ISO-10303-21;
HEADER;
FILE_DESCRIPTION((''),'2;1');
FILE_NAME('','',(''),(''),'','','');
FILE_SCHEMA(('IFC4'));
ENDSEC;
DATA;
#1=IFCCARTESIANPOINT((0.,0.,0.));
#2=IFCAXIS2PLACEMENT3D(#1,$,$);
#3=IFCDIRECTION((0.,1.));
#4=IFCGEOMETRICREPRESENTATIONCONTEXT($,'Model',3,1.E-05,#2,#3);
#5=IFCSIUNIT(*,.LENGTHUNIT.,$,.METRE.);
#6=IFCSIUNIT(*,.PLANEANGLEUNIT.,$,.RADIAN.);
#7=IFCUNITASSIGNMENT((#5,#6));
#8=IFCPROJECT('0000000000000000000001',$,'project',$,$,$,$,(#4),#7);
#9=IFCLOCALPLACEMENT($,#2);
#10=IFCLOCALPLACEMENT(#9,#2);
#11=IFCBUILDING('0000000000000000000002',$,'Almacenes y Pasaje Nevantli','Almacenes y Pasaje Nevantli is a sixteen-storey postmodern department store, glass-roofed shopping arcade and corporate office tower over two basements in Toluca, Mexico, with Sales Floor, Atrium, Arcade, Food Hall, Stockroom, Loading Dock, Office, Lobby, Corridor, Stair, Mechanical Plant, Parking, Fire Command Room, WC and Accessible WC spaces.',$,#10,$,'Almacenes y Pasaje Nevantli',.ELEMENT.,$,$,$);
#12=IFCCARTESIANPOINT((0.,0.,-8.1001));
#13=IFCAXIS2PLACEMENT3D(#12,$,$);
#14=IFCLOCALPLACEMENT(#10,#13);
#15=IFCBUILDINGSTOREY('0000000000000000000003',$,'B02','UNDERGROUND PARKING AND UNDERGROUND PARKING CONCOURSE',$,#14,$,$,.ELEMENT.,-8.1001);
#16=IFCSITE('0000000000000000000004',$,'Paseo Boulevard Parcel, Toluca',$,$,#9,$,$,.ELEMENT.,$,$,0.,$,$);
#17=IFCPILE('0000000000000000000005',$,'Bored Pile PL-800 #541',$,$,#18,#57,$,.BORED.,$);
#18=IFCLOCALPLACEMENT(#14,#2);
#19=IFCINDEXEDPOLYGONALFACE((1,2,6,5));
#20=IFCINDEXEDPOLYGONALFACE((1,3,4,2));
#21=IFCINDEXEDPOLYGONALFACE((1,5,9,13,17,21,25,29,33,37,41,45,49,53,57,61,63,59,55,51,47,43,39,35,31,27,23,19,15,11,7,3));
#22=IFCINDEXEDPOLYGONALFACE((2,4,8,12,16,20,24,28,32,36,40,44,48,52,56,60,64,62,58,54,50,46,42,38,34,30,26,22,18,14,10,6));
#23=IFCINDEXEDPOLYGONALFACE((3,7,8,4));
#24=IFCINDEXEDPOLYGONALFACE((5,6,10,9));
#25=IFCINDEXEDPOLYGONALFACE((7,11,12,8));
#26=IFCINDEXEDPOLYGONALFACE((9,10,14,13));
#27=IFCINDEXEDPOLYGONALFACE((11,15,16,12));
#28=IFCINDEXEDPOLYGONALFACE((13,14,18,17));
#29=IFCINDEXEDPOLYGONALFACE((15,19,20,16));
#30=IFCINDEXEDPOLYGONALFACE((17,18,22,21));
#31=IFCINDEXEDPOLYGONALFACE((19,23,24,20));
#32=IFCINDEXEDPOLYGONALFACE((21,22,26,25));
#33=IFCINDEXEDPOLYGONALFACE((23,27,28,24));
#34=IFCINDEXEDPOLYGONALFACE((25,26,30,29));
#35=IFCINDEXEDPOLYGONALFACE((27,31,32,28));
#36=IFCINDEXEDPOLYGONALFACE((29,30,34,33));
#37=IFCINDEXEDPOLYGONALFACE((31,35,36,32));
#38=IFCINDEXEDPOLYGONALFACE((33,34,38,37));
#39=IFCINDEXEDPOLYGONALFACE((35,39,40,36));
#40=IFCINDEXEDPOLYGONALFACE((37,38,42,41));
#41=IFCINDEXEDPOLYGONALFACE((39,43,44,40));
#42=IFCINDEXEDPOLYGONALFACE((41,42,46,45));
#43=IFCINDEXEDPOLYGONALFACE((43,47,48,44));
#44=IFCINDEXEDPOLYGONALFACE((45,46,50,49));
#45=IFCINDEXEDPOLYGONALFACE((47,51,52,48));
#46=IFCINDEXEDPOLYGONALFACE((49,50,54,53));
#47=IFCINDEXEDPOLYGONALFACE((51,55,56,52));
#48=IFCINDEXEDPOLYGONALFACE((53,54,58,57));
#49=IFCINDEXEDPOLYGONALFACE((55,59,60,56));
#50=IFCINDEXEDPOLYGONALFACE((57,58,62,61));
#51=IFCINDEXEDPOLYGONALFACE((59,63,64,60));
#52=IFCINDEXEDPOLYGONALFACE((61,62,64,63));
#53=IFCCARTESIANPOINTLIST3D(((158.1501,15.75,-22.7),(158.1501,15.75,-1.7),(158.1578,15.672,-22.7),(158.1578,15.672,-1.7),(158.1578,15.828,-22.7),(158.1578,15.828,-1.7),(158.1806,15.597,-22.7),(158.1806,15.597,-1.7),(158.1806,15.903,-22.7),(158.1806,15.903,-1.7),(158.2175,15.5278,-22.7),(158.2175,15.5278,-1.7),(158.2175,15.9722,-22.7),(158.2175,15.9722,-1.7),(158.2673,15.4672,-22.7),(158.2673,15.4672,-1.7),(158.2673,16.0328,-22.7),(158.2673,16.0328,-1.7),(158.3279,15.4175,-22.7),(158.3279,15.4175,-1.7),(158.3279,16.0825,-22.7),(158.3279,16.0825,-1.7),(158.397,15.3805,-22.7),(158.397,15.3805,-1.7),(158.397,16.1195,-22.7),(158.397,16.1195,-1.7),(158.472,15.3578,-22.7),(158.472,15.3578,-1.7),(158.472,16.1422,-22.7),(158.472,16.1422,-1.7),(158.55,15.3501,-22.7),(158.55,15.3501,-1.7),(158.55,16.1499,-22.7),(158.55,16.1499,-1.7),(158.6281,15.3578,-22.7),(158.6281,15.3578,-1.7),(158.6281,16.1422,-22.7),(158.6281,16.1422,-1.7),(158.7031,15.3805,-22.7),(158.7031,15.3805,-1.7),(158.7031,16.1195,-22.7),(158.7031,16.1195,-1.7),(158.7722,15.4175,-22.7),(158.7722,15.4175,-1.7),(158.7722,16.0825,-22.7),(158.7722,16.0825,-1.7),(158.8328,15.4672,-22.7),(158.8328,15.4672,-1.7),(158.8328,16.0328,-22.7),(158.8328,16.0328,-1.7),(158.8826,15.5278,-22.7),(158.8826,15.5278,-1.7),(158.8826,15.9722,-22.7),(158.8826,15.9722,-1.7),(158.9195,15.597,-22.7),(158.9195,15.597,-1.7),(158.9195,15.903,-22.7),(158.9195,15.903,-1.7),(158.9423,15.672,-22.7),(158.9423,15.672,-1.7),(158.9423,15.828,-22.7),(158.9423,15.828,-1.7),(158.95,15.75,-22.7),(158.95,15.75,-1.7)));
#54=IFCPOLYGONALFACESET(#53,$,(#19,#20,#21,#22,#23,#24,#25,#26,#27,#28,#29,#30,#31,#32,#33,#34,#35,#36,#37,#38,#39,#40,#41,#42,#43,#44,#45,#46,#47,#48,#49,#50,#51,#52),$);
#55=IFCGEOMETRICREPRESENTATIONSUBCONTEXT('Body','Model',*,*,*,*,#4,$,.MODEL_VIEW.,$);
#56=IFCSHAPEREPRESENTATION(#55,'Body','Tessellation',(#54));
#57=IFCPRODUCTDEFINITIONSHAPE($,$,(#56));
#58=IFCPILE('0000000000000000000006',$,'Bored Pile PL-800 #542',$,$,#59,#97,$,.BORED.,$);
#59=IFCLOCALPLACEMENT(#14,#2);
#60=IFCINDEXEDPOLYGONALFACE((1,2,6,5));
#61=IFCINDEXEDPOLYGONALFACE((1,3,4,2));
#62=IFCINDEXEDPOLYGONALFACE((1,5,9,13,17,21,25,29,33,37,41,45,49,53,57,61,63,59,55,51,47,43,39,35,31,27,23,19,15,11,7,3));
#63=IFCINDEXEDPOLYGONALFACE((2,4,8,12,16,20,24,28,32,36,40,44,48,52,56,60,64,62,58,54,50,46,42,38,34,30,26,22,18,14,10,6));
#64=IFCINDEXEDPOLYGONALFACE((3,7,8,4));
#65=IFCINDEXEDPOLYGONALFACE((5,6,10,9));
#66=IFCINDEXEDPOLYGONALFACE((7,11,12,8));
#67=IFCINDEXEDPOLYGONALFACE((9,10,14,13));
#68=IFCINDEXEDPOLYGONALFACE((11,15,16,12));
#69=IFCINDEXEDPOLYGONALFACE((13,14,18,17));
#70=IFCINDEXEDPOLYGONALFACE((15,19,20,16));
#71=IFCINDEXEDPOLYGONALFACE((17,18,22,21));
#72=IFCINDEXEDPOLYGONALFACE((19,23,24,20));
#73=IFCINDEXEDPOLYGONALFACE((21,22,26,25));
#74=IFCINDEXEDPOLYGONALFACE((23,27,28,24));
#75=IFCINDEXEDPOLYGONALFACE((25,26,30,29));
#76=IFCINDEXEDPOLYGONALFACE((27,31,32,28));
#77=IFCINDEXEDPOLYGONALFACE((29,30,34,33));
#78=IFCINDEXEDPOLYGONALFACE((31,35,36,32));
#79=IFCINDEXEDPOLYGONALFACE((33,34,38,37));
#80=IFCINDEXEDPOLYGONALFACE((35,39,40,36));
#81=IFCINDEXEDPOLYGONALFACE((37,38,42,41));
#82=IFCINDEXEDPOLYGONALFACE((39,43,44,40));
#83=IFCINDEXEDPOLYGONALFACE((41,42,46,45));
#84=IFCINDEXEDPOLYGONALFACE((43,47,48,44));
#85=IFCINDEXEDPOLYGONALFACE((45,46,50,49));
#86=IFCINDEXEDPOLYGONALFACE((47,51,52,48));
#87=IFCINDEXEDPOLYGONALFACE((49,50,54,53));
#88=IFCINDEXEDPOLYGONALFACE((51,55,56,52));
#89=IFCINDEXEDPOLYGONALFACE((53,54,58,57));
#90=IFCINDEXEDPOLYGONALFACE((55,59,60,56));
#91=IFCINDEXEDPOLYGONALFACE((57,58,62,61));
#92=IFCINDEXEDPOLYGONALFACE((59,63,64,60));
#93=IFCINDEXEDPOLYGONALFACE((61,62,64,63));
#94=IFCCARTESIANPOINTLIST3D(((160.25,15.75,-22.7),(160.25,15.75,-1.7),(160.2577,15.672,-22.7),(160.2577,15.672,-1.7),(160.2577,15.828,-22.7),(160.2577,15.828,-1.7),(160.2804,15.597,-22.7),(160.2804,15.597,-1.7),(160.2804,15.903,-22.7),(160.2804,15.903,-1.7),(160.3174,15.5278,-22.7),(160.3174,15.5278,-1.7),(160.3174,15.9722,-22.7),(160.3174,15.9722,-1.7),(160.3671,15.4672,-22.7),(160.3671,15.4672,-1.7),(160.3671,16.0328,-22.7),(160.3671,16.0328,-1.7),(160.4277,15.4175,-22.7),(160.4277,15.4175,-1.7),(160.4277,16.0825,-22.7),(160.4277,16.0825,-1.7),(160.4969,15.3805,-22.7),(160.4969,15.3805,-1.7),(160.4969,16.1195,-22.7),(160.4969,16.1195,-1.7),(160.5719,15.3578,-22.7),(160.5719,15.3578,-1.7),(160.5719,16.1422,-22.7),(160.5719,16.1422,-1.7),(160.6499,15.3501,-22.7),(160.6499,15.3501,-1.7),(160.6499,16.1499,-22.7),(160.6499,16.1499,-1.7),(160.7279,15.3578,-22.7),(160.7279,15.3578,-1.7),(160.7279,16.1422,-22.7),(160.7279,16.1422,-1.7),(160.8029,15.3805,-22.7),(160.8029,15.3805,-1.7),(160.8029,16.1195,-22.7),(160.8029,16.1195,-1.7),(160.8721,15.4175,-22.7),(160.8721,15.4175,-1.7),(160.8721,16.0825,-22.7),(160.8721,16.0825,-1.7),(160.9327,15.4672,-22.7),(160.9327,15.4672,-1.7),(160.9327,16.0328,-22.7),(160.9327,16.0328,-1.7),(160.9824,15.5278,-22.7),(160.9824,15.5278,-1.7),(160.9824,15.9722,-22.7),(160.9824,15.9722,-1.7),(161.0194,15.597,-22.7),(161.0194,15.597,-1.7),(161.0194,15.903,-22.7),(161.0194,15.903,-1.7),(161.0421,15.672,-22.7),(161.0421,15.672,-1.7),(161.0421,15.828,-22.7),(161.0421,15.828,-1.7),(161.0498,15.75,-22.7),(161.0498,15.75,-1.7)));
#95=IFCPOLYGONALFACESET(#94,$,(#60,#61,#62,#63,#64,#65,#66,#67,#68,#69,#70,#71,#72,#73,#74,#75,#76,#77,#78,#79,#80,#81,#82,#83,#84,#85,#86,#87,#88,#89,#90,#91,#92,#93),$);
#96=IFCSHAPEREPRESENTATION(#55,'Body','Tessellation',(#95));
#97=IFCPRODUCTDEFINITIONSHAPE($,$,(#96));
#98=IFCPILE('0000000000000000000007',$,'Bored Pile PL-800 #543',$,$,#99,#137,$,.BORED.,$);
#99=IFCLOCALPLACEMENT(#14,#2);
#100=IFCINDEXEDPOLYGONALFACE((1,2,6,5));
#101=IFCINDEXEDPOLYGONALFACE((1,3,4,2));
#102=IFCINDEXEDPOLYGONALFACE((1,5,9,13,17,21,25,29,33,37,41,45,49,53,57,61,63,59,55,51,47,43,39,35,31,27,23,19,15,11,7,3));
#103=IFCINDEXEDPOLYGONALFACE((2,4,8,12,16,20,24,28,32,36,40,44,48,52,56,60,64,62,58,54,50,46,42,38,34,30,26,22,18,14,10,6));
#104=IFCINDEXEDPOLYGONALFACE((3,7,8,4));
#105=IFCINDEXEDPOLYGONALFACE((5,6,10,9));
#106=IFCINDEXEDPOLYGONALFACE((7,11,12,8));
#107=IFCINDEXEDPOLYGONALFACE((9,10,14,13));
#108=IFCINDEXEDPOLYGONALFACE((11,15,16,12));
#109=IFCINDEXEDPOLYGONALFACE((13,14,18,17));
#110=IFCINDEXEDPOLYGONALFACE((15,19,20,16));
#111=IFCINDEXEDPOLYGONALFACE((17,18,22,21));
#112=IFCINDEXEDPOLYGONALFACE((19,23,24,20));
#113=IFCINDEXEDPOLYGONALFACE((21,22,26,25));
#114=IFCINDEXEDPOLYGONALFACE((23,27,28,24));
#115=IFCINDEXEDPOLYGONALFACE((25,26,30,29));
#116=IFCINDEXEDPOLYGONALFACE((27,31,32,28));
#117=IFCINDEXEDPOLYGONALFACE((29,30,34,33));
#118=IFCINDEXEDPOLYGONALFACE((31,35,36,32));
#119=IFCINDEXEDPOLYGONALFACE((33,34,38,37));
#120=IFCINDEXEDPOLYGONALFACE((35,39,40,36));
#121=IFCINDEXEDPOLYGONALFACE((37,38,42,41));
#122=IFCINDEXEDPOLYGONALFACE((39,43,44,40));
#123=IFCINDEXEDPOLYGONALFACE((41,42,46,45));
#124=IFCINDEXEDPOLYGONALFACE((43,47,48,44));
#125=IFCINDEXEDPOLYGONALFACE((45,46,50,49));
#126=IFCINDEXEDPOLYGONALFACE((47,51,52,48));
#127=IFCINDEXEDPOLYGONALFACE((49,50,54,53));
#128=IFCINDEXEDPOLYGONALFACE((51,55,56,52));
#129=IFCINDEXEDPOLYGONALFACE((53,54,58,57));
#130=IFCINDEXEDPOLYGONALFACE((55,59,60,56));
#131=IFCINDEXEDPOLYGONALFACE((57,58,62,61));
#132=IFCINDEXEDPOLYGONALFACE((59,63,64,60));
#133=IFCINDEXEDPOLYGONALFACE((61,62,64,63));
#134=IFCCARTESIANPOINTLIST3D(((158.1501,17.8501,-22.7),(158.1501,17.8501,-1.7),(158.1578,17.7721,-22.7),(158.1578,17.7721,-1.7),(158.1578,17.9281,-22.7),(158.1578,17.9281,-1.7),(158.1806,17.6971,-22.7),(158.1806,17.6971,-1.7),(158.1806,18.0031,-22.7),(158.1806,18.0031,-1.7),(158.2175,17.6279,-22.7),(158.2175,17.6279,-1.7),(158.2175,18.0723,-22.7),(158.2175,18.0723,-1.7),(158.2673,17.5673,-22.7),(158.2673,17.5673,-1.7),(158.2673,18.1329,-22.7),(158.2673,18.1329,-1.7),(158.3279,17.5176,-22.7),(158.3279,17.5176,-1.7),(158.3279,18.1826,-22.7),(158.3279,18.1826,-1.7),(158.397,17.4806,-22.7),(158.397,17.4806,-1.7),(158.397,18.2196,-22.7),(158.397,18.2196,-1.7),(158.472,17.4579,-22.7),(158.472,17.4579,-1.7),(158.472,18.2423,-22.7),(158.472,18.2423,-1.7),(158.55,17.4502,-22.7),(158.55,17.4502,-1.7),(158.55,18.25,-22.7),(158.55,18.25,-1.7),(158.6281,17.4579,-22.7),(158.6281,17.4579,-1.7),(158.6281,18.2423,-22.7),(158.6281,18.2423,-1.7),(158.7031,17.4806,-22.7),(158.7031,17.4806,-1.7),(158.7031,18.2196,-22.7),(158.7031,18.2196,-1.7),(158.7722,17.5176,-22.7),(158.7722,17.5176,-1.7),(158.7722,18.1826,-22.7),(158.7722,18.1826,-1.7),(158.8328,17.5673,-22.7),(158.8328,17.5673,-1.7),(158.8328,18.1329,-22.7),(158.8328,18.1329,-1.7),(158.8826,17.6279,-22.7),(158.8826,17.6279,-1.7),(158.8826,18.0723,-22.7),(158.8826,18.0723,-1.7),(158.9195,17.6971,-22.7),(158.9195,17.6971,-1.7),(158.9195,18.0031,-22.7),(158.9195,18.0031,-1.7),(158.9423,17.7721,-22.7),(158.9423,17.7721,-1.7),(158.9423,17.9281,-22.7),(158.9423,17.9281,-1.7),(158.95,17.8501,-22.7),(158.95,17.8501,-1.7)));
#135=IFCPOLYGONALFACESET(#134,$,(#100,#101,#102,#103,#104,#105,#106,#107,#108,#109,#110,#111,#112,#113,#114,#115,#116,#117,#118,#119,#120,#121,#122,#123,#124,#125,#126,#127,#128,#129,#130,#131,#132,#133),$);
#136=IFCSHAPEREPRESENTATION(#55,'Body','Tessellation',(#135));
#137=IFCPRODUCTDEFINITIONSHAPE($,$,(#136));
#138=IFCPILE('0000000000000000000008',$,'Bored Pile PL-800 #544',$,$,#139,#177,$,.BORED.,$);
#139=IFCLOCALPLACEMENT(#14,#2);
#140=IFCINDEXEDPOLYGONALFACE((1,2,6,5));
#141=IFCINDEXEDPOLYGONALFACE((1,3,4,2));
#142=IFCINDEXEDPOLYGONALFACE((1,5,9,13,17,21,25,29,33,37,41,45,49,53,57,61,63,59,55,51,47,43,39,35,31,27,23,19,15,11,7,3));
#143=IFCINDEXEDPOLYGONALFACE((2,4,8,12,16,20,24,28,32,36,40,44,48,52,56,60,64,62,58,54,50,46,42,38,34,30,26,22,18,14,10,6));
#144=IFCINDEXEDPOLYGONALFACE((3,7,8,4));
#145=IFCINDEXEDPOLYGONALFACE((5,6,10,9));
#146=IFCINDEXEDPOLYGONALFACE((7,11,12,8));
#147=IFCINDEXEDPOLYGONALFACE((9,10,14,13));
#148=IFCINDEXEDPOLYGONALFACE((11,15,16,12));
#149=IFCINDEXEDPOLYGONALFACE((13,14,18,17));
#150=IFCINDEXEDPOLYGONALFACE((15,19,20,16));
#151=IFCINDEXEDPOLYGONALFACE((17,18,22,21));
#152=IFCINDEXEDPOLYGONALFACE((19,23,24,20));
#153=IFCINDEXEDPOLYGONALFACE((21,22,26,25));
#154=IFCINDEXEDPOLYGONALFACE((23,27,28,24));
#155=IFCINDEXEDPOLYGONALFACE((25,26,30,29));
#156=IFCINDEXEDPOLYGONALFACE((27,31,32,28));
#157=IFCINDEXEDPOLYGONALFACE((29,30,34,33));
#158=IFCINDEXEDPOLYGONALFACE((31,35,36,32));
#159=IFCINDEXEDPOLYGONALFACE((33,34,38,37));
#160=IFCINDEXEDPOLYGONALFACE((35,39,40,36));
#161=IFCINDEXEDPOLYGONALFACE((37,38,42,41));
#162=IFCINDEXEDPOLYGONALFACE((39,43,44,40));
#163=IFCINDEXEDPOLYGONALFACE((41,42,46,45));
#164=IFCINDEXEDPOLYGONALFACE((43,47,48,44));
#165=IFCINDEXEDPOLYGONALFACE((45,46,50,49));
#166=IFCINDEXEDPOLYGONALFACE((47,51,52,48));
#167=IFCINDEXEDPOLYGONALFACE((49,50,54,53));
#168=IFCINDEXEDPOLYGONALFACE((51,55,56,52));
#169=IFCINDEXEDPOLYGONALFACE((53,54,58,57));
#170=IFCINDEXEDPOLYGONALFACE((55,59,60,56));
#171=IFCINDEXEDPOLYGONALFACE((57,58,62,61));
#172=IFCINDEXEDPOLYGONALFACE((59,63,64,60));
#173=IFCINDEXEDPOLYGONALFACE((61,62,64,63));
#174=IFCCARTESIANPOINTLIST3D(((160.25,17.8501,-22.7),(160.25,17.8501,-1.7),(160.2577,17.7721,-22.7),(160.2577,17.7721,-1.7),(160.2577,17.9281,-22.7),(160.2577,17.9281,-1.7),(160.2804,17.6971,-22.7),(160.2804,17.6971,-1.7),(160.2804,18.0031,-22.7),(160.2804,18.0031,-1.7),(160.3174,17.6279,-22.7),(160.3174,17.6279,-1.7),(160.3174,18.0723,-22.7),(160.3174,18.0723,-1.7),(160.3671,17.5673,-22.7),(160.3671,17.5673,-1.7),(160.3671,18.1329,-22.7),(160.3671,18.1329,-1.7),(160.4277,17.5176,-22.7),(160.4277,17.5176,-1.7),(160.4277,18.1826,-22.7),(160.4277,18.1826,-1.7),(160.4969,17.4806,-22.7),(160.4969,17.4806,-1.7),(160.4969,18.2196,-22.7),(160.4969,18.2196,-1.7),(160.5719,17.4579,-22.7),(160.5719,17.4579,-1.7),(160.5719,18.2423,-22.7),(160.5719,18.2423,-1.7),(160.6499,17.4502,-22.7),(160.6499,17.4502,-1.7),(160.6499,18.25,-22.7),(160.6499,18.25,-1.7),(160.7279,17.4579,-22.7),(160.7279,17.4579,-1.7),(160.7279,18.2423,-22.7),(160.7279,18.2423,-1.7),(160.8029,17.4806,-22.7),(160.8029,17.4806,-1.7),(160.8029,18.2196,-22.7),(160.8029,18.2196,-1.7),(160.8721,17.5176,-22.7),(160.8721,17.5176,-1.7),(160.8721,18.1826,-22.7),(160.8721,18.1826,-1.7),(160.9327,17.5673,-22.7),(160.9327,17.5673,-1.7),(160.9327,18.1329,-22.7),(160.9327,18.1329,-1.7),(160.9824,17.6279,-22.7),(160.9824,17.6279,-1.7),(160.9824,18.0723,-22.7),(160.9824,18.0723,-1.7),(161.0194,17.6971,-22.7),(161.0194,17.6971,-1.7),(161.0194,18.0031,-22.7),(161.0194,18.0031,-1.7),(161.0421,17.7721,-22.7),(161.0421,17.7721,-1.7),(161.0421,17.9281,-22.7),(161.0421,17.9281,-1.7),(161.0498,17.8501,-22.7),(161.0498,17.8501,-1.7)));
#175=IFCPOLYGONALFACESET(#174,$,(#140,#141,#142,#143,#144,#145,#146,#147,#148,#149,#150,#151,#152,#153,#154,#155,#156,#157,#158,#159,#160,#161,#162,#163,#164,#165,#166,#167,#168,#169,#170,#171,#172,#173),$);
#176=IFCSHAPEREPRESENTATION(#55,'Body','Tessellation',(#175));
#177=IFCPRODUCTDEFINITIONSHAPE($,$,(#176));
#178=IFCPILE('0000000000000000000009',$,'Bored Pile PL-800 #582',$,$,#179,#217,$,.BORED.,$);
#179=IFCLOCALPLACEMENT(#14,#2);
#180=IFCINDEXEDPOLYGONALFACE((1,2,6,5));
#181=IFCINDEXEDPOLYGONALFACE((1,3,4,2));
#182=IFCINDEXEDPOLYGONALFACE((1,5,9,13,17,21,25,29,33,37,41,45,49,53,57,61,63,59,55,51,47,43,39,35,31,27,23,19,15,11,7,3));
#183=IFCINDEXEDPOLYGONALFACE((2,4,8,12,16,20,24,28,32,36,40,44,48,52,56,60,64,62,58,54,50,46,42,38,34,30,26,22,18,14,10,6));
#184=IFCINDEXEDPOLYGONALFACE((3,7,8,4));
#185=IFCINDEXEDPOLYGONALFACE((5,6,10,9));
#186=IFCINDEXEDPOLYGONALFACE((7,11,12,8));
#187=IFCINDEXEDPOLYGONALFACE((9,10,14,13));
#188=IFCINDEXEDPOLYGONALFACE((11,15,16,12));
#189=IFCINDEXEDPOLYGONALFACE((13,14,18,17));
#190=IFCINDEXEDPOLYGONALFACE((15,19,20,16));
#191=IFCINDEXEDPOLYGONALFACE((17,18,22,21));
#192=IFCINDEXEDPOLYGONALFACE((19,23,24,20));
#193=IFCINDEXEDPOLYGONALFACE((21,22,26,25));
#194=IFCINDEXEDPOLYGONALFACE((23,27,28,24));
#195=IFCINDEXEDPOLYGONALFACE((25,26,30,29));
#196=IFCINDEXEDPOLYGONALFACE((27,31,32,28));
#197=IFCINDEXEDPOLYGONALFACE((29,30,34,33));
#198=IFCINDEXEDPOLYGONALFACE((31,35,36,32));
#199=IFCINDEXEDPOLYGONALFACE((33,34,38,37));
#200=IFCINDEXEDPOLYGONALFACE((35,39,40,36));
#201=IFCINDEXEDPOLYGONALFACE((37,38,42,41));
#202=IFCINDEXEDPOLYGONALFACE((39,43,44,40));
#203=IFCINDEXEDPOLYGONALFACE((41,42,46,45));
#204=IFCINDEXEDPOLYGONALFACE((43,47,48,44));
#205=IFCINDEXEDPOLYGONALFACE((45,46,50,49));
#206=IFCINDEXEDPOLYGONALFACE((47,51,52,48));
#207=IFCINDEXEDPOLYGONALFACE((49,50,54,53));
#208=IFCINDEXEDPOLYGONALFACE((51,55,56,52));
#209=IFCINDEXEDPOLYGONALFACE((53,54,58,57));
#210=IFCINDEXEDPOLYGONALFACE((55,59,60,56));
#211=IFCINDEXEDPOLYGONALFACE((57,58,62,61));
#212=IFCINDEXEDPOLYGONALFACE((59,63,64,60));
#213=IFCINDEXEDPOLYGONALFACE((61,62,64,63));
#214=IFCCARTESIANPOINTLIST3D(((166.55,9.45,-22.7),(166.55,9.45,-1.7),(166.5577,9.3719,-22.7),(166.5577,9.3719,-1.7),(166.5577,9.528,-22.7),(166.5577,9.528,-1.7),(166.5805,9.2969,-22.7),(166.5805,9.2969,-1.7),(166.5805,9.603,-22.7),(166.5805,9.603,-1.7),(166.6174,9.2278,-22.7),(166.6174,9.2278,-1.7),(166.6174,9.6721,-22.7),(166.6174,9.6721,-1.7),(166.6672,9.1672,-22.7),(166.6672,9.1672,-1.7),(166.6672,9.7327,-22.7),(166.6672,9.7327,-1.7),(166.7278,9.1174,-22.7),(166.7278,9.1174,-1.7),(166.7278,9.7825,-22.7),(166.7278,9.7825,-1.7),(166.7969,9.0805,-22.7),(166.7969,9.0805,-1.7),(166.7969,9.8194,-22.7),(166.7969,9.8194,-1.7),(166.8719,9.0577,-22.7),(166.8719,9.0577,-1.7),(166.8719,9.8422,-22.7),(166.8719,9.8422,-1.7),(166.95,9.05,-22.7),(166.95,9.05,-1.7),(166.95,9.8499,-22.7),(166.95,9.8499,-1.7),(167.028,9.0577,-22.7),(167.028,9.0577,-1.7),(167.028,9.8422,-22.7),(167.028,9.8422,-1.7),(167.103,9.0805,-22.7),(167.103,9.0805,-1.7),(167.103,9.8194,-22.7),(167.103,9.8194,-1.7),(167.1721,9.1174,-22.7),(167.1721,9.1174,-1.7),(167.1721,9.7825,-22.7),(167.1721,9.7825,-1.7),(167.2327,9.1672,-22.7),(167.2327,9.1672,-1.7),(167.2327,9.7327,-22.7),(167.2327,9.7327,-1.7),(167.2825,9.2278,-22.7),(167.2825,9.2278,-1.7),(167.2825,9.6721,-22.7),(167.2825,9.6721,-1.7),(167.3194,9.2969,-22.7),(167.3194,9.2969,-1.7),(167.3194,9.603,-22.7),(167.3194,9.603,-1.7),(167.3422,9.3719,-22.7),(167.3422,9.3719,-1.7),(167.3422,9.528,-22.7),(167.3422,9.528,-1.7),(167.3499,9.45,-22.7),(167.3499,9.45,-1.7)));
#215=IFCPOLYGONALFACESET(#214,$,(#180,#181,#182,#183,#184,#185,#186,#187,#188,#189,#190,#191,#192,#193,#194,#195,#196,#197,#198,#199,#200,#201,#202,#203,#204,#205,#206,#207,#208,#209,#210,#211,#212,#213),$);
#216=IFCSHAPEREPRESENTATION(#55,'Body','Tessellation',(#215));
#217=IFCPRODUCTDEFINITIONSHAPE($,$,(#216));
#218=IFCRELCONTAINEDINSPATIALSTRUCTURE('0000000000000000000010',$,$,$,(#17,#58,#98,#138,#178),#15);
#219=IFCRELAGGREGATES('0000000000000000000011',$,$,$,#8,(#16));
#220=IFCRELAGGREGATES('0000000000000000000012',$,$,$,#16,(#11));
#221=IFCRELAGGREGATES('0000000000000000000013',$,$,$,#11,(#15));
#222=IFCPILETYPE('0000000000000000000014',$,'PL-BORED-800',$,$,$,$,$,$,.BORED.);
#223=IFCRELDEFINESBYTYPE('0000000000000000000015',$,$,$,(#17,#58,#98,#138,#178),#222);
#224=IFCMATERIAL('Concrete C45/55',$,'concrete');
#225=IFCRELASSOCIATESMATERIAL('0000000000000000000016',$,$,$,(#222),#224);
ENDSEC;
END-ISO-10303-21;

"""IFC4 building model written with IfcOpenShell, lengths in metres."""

from ifc_helpers import new_model, si_unit, direction, frame, origin, origin_2d, place, context, subcontext, project, spatial, circle, extrude, material, material_profile, profile_set, type_object, element, save


model = new_model("IFC4")

# Units and contexts
model_context = context("Model", 3, precision=1e-05, world=origin(), true_north=direction((0.0, 1.0)))
body_context = subcontext(model_context, "Body", "Model", "MODEL_VIEW")
ifc_project = project(units=[si_unit("LENGTHUNIT", "METRE"), si_unit("PLANEANGLEUNIT", "RADIAN")], contexts=[model_context])

# Site, building, storey
site_placement = place(None, origin())
site = spatial("IfcSite", under=ifc_project, at=site_placement, Name="Paseo Boulevard Parcel, Toluca", CompositionType="ELEMENT", RefElevation=0.0)
building_placement = place(site_placement, origin())
building = spatial("IfcBuilding", under=site, at=building_placement, Name="Almacenes y Pasaje Nevantli", Description="Almacenes y Pasaje Nevantli is a sixteen-storey postmodern department store, glass-roofed shopping arcade and corporate office tower over two basements in Toluca, Mexico, with Sales Floor, Atrium, Arcade, Food Hall, Stockroom, Loading Dock, Office, Lobby, Corridor, Stair, Mechanical Plant, Parking, Fire Command Room, WC and Accessible WC spaces.", LongName="Almacenes y Pasaje Nevantli", CompositionType="ELEMENT")
storey_placement = place(building_placement, frame((0.0, 0.0, -8.1001)))
storey = spatial("IfcBuildingStorey", under=building, at=storey_placement, Name="B02", Description="UNDERGROUND PARKING AND UNDERGROUND PARKING CONCOURSE", CompositionType="ELEMENT", Elevation=-8.1001)

# Piles
ifc_material_1 = material(Name="Concrete C45/55", Category="concrete")
ifc_material_profile_1 = material_profile(ifc_material_1, circle(Radius=0.3999, at=origin_2d()), Name="RC-PILE-D800")
ifc_profile_set_1 = profile_set([ifc_material_profile_1], Name="Concrete C45/55")
pile_type_1 = type_object("IfcPileType", Name="PL-BORED-800", PredefinedType="BORED", material=ifc_profile_set_1)
for number, where, z_axis, x_axis, name in (
    (1, (158.55, 15.75, -1.7), (0.0, 0.0, -1.0), (1.0, 0.0, 0.0), "Bored Pile PL-800 #541"),
    (2, (160.6499, 15.75, -1.7), (0.0, 0.0, -1.0), (1.0, 0.0, 0.0), "Bored Pile PL-800 #542"),
    (3, (158.55, 17.8501, -1.7), (0.0, 0.0, -1.0), (1.0, 0.0, 0.0), "Bored Pile PL-800 #543"),
    (4, (160.6499, 17.8501, -1.7), (0.0, 0.0, -1.0), (1.0, 0.0, 0.0), "Bored Pile PL-800 #544"),
    (5, (166.95, 9.45, -1.7), (0.0, 0.0, -1.0), (1.0, 0.0, 0.0), "Bored Pile PL-800 #582"),
):
    element("IfcPile", number, at=place(storey_placement, frame(where, z_axis=z_axis, x_axis=x_axis)), inside=storey, type_object=pile_type_1, Name=name, PredefinedType="BORED", context=body_context, shape_type="SweptSolid", body=[
        extrude(circle(Radius=0.3999, at=origin_2d()), origin(), (0.0, 0.0, 1.0), 21.0),
    ])

save(model, "model.ifc")
